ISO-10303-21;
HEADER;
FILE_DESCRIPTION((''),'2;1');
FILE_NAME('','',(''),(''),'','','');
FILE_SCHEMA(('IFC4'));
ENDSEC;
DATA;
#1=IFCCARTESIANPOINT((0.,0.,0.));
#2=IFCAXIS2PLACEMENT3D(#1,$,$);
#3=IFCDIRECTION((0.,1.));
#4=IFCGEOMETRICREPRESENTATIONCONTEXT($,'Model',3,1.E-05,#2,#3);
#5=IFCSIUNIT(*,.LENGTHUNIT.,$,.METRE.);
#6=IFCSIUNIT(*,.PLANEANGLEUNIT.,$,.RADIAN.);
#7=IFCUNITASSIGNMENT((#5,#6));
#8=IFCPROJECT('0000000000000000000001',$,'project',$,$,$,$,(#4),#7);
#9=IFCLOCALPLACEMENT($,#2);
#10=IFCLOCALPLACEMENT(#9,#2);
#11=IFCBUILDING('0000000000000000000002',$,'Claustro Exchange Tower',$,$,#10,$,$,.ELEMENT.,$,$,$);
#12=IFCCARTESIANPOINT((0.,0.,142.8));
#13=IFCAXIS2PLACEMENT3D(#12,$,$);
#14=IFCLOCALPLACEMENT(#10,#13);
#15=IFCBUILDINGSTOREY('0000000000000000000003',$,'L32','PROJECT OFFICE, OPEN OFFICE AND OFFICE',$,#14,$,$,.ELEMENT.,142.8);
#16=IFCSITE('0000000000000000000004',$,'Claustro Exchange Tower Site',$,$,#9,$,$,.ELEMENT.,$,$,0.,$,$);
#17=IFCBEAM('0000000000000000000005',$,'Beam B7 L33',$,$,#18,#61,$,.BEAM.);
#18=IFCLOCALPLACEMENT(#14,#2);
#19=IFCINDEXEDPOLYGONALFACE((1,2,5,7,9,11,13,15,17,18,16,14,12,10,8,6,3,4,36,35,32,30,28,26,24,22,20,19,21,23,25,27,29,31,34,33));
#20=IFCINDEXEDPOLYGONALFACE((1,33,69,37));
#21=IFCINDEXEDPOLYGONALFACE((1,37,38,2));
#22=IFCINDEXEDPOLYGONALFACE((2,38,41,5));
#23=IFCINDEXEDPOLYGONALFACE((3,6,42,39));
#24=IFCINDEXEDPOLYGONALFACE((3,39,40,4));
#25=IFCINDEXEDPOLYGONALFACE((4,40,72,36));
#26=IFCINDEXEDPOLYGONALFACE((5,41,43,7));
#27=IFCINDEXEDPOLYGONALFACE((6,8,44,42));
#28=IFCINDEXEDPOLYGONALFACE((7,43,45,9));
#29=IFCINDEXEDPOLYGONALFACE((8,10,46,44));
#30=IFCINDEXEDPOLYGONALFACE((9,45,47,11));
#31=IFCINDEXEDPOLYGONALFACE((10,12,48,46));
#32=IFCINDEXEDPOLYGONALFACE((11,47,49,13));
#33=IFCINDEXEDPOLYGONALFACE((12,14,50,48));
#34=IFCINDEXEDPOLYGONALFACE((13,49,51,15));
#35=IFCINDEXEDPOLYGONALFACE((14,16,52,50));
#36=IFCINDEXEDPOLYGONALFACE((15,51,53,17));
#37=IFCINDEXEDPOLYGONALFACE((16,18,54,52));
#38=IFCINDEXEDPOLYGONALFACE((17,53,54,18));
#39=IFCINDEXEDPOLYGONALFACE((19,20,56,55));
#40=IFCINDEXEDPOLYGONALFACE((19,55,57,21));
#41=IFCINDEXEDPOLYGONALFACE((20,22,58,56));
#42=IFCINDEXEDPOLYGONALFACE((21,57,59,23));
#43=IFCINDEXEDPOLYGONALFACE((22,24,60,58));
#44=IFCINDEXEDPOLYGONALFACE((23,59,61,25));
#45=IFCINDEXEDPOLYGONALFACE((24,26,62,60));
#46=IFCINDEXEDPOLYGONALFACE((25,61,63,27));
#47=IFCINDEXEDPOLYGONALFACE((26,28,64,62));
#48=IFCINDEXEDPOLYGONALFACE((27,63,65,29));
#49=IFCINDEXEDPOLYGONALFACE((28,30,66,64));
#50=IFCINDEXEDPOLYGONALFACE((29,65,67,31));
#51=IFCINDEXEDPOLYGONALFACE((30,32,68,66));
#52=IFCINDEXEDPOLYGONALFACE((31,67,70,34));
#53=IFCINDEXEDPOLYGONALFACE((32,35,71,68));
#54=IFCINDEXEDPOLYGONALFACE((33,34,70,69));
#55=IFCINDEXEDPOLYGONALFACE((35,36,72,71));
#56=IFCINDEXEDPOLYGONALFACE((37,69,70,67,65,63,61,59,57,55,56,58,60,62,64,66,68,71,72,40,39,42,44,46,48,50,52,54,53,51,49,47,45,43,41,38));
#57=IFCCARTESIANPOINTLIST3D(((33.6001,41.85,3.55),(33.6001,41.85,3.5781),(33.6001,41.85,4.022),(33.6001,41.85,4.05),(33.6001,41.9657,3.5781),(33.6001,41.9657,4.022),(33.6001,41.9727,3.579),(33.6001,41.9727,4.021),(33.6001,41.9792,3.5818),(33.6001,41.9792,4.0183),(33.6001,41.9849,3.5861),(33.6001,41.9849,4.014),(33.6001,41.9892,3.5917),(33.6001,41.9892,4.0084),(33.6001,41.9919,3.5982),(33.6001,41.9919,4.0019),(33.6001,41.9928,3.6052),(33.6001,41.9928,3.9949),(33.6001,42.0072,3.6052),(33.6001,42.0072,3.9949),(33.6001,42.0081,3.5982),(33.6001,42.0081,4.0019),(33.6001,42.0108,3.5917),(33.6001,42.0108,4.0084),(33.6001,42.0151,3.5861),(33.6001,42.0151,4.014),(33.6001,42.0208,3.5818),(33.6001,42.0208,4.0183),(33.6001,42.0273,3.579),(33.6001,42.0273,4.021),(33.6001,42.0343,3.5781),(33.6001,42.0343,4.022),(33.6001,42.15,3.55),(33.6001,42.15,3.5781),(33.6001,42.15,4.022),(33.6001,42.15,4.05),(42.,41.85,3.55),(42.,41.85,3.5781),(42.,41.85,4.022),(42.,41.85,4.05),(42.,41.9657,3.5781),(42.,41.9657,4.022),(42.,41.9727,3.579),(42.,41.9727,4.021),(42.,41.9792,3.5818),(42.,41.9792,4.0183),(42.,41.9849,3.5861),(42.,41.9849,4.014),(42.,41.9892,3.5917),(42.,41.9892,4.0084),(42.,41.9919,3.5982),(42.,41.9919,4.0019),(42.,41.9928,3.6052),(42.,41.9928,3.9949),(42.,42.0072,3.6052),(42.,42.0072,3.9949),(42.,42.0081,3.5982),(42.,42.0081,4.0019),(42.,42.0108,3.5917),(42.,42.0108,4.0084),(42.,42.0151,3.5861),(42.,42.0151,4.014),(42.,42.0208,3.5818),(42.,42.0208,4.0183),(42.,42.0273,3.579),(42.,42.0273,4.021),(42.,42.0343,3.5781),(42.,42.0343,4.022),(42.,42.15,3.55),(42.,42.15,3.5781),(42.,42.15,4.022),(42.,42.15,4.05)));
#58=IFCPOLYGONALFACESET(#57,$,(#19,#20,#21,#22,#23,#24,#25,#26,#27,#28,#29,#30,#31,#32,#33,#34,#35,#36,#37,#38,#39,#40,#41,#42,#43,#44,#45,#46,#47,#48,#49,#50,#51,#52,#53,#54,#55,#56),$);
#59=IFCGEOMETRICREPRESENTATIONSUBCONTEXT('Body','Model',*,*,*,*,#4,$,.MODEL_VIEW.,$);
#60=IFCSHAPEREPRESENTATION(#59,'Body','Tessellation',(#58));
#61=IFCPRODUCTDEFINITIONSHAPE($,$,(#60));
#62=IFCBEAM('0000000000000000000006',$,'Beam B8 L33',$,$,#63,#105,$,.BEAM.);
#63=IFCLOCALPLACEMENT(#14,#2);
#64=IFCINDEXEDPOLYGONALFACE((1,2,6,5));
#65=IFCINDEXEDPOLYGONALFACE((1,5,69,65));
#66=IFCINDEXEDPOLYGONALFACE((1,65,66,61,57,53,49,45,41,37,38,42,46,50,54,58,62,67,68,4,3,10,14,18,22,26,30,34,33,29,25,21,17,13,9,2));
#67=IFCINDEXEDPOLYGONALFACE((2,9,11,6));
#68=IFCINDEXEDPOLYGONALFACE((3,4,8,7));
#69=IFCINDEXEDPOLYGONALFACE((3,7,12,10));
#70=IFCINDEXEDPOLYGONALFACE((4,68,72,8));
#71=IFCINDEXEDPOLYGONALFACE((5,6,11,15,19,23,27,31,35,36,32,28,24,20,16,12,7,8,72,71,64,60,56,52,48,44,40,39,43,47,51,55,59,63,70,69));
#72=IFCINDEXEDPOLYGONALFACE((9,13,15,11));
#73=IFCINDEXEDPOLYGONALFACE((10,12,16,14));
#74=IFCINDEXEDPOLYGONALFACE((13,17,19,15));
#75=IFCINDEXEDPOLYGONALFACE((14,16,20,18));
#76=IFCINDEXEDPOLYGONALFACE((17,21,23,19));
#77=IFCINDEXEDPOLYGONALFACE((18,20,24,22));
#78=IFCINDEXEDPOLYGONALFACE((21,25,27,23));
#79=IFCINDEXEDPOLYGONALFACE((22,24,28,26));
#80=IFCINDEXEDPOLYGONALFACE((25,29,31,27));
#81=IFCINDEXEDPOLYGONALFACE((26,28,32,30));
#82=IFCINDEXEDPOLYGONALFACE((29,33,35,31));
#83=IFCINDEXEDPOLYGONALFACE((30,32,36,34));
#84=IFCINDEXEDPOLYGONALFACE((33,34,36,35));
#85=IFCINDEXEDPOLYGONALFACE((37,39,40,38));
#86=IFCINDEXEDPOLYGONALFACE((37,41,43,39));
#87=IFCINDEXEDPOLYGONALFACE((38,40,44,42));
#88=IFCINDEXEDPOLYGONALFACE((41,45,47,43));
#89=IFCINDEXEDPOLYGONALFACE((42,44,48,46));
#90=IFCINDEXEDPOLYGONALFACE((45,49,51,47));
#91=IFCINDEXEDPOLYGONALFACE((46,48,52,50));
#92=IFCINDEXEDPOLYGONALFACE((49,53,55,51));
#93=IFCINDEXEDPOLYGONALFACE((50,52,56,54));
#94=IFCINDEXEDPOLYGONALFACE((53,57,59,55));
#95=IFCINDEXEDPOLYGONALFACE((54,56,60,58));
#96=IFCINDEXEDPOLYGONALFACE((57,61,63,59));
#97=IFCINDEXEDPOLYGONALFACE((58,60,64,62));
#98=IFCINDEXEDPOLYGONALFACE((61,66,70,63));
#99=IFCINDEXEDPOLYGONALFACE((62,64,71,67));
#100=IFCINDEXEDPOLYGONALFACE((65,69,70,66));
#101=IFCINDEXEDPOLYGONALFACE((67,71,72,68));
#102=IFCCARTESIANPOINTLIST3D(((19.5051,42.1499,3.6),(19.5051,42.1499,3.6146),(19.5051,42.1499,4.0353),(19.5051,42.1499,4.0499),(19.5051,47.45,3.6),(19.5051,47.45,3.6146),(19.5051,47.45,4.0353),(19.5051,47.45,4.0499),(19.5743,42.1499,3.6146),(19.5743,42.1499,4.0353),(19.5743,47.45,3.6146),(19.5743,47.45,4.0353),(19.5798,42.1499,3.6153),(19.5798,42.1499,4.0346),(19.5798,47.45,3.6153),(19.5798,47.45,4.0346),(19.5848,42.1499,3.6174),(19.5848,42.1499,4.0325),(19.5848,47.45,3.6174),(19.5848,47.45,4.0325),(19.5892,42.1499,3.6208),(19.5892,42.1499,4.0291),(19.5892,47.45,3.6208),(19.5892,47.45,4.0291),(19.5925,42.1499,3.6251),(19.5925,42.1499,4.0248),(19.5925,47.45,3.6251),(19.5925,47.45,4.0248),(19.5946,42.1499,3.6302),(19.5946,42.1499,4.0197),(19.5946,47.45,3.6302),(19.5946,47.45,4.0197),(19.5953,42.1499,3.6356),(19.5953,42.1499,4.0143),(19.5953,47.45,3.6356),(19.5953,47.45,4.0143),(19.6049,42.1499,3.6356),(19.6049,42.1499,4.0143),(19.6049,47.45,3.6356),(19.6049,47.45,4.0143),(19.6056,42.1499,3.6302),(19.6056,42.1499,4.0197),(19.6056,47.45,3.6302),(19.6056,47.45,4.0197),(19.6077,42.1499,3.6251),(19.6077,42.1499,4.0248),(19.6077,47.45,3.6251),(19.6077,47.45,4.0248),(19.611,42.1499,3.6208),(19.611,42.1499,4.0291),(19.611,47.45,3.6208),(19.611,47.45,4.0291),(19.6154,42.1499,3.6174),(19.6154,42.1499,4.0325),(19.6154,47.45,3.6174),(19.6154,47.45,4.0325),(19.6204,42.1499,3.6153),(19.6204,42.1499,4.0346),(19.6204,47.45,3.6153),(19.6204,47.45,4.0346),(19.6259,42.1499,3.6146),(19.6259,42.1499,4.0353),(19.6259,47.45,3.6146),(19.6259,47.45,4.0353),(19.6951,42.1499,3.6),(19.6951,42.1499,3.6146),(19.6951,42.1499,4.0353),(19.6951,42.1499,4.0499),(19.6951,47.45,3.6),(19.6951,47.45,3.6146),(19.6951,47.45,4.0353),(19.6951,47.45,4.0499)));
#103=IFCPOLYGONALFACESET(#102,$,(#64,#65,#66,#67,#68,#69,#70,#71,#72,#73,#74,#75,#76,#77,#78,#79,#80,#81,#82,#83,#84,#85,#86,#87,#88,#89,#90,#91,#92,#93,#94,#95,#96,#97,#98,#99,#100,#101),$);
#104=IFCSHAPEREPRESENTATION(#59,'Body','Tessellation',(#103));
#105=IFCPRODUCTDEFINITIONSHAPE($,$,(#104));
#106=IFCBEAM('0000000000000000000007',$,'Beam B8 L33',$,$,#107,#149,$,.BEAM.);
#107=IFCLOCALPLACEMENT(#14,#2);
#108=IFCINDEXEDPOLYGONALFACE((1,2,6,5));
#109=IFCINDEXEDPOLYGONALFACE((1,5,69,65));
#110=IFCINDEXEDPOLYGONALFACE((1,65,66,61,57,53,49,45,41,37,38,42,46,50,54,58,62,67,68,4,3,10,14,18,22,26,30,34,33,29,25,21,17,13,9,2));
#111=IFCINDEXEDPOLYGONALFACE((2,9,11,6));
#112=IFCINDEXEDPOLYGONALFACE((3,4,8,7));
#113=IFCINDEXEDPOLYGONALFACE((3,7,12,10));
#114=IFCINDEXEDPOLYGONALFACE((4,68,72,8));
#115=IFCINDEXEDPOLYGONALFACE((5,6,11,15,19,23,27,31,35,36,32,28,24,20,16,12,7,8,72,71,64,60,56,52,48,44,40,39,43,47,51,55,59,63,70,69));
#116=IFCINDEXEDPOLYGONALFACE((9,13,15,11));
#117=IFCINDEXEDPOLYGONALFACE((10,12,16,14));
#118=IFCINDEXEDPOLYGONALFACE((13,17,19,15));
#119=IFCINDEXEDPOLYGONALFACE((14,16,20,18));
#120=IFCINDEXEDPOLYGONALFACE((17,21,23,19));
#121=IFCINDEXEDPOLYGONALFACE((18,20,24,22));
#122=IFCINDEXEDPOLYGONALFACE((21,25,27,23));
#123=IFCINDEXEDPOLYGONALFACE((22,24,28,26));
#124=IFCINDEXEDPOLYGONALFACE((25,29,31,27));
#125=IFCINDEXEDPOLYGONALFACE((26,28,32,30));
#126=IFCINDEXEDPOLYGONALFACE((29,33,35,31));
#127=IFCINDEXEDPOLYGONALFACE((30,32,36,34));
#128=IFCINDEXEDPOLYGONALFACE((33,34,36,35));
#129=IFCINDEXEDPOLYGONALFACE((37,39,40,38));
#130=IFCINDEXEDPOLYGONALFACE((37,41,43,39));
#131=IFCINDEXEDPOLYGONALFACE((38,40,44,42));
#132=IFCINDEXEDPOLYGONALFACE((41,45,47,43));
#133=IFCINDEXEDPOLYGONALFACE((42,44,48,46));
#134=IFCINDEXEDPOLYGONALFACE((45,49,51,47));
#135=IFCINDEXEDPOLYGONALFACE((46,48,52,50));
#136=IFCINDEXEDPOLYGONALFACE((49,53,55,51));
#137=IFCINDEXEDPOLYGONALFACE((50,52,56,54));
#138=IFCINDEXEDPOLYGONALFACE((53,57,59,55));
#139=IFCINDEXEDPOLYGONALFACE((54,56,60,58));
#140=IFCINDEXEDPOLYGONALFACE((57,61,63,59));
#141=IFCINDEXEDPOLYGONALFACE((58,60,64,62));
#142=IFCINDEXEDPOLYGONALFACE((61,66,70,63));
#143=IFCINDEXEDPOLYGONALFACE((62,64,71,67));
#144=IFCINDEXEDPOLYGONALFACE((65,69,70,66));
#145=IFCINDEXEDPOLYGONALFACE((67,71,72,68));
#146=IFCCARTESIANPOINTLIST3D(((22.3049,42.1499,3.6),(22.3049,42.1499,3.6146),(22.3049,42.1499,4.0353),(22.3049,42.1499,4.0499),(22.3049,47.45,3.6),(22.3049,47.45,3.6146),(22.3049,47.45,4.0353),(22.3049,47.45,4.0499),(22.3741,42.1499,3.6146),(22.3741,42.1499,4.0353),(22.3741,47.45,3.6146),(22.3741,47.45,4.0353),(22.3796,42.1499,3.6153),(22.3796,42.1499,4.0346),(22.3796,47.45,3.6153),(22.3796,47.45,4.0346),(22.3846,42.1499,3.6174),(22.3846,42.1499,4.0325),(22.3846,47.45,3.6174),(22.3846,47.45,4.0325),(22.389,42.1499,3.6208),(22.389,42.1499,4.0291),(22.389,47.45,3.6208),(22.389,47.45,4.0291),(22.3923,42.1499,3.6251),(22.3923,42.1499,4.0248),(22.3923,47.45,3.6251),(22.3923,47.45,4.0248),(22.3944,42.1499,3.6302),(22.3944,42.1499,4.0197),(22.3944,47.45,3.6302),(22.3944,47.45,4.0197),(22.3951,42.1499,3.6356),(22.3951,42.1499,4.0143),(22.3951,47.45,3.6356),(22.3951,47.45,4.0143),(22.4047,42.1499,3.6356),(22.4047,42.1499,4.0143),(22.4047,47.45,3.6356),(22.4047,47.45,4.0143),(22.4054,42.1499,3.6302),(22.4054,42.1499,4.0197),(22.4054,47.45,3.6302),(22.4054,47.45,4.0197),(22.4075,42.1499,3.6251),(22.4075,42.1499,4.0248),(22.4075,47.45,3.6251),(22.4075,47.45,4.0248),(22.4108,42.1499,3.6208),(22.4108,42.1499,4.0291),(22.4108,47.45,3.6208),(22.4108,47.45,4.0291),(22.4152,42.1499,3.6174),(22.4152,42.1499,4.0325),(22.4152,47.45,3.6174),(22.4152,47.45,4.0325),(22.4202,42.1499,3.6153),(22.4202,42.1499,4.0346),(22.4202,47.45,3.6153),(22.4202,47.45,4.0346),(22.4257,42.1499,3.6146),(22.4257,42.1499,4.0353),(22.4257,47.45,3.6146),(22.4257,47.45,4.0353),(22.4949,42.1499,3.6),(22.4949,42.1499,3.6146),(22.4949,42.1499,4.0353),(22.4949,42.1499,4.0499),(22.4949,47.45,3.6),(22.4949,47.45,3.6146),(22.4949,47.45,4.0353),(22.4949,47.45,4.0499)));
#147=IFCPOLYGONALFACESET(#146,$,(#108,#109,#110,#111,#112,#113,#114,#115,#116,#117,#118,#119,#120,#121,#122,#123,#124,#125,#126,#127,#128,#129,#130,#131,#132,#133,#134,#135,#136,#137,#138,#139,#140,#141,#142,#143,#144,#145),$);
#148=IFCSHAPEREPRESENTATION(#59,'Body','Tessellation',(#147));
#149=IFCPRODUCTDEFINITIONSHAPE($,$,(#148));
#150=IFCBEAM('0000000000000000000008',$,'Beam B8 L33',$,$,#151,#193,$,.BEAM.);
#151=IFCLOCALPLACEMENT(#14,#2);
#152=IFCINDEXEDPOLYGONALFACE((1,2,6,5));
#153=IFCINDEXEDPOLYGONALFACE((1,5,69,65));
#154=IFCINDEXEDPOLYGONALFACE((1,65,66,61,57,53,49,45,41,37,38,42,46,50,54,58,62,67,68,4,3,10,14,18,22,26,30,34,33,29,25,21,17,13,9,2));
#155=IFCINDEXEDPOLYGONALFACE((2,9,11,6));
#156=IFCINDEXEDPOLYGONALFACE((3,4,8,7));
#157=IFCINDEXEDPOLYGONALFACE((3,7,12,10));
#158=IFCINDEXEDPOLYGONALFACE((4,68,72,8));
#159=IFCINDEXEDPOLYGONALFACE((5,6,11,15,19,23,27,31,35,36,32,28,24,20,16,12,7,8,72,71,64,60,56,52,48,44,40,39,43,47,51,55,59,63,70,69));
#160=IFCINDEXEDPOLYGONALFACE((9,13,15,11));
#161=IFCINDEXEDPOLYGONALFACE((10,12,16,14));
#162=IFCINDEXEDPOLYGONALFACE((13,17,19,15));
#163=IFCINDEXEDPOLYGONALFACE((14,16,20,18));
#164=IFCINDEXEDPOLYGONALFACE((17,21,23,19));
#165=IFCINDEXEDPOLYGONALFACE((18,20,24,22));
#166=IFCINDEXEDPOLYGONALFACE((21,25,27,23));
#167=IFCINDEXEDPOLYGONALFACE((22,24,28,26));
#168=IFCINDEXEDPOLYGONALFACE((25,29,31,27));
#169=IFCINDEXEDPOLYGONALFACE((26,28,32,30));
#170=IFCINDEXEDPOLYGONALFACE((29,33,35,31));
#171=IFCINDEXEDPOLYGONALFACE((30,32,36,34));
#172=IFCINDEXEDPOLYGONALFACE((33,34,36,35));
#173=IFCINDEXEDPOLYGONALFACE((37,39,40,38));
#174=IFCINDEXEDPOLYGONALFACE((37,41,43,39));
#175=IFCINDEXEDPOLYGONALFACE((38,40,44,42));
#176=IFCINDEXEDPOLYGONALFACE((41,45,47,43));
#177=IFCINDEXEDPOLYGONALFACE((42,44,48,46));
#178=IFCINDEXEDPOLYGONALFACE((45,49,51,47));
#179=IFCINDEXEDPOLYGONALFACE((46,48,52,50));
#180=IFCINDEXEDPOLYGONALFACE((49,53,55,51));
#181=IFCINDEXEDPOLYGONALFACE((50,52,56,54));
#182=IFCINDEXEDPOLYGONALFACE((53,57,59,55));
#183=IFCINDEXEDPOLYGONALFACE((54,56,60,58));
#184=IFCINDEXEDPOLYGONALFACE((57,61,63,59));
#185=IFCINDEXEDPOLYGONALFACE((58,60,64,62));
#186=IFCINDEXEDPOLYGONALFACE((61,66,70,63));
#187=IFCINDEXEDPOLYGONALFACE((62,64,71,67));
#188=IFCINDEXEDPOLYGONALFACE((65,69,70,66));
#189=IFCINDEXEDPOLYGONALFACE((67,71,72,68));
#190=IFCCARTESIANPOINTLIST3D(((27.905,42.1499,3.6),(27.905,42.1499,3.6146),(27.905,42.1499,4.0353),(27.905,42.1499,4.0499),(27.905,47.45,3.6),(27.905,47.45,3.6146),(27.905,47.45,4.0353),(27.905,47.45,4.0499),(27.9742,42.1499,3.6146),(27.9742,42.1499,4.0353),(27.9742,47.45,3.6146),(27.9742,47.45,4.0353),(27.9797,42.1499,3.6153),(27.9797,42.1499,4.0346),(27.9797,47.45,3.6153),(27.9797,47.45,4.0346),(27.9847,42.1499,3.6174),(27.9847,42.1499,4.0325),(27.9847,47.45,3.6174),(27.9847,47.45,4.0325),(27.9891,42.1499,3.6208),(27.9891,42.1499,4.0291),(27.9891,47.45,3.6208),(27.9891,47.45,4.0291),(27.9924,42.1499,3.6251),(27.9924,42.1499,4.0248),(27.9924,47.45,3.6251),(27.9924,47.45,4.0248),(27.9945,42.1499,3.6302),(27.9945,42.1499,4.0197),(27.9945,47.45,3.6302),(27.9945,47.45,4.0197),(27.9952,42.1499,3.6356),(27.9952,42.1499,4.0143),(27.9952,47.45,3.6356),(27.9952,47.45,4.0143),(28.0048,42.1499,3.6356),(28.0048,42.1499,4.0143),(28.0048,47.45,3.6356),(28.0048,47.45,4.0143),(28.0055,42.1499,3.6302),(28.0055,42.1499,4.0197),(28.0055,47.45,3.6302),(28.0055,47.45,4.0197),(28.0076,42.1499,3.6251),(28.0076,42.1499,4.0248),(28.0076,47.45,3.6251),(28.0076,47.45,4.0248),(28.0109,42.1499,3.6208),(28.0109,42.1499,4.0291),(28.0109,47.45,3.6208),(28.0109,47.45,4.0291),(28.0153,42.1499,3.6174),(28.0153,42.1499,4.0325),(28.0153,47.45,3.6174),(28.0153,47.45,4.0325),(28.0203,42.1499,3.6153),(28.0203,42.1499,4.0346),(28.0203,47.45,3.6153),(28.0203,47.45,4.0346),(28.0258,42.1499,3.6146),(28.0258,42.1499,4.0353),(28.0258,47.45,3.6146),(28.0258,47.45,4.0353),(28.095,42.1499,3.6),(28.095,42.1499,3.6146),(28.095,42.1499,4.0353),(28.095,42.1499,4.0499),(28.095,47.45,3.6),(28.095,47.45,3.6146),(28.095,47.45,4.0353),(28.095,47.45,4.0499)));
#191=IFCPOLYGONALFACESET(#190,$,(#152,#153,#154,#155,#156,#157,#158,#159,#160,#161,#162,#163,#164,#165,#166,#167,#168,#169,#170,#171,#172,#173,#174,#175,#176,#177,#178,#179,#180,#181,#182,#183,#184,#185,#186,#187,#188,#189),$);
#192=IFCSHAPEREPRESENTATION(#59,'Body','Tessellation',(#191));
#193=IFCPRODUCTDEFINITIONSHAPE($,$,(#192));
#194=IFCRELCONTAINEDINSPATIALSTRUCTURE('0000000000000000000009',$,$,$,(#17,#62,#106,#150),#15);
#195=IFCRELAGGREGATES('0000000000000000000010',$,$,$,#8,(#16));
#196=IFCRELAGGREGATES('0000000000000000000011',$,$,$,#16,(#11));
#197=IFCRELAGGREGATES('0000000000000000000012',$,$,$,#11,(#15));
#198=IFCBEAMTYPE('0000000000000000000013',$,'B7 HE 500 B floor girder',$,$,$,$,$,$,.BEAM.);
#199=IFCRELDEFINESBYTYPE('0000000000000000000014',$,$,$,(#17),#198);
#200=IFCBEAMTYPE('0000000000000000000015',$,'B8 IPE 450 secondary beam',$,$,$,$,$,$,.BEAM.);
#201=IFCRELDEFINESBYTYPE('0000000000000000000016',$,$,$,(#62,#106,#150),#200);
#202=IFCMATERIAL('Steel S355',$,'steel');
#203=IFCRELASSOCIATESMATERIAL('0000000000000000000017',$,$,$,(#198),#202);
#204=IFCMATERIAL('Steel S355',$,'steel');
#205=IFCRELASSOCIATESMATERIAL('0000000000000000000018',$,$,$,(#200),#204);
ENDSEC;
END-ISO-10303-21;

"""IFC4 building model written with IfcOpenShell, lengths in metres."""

from ifc_helpers import new_model, si_unit, direction, frame, origin, origin_2d, place, context, subcontext, project, spatial, i_section, extrude, material, material_profile, profile_set, type_object, element, save


model = new_model("IFC4")

# Units and contexts
model_context = context("Model", 3, precision=1e-05, world=origin(), true_north=direction((0.0, 1.0)))
body_context = subcontext(model_context, "Body", "Model", "MODEL_VIEW")
ifc_project = project(units=[si_unit("LENGTHUNIT", "METRE"), si_unit("PLANEANGLEUNIT", "RADIAN")], contexts=[model_context])

# Site, building, storey
site_placement = place(None, origin())
site = spatial("IfcSite", under=ifc_project, at=site_placement, Name="Claustro Exchange Tower Site", CompositionType="ELEMENT", RefElevation=0.0)
building_placement = place(site_placement, origin())
building = spatial("IfcBuilding", under=site, at=building_placement, Name="Claustro Exchange Tower", CompositionType="ELEMENT")
storey_placement = place(building_placement, frame((0.0, 0.0, 142.8)))
storey = spatial("IfcBuildingStorey", under=building, at=storey_placement, Name="L32", Description="PROJECT OFFICE, OPEN OFFICE AND OFFICE", CompositionType="ELEMENT", Elevation=142.8)

# Beams
ifc_material_1 = material(Name="Steel S355", Category="steel")
ifc_material_profile_1 = material_profile(ifc_material_1, i_section(OverallWidth=0.3, OverallDepth=0.5, WebThickness=0.0144, FlangeThickness=0.0281, FilletRadius=0.0271, at=origin_2d()), Name="HE 500 B")
ifc_profile_set_1 = profile_set([ifc_material_profile_1], Name="Steel S355")
beam_type_1 = type_object("IfcBeamType", Name="B7 HE 500 B floor girder", PredefinedType="BEAM", material=ifc_profile_set_1)
beam_1_placement = place(storey_placement, frame((33.6001, 42.0, 3.8), z_axis=(1.0, 0.0, 0.0), x_axis=(0.0, 1.0, 0.0)))
element("IfcBeam", 1, at=beam_1_placement, inside=storey, type_object=beam_type_1, Name="Beam B7 L33", PredefinedType="BEAM", context=body_context, shape_type="SweptSolid", body=[
    extrude(i_section(OverallWidth=0.3, OverallDepth=0.5, WebThickness=0.0144, FlangeThickness=0.0281, FilletRadius=0.0271, at=origin_2d()), origin(), (0.0, 0.0, 1.0), 8.3999),
])
ifc_material_2 = material(Name="Steel S355", Category="steel")
ifc_material_profile_2 = material_profile(ifc_material_2, i_section(OverallWidth=0.1899, OverallDepth=0.45, WebThickness=0.0095, FlangeThickness=0.0146, FilletRadius=0.021, at=origin_2d()), Name="IPE 450")
ifc_profile_set_2 = profile_set([ifc_material_profile_2], Name="Steel S355")
beam_type_2 = type_object("IfcBeamType", Name="B8 IPE 450 secondary beam", PredefinedType="BEAM", material=ifc_profile_set_2)
for number, where, z_axis, x_axis, name in (
    (2, (19.6001, 42.1499, 3.825), (0.0, 1.0, 0.0), (-1.0, 0.0, 0.0), "Beam B8 L33"),
    (3, (22.3999, 42.1499, 3.825), (0.0, 1.0, 0.0), (-1.0, 0.0, 0.0), "Beam B8 L33"),
    (4, (28.0, 42.1499, 3.825), (0.0, 1.0, 0.0), (-1.0, 0.0, 0.0), "Beam B8 L33"),
):
    element("IfcBeam", number, at=place(storey_placement, frame(where, z_axis=z_axis, x_axis=x_axis)), inside=storey, type_object=beam_type_2, Name=name, PredefinedType="BEAM", context=body_context, shape_type="SweptSolid", body=[
        extrude(i_section(OverallWidth=0.1899, OverallDepth=0.45, WebThickness=0.0095, FlangeThickness=0.0146, FilletRadius=0.021, at=origin_2d()), origin(), (0.0, 0.0, 1.0), 5.3),
    ])

save(model, "model.ifc")
